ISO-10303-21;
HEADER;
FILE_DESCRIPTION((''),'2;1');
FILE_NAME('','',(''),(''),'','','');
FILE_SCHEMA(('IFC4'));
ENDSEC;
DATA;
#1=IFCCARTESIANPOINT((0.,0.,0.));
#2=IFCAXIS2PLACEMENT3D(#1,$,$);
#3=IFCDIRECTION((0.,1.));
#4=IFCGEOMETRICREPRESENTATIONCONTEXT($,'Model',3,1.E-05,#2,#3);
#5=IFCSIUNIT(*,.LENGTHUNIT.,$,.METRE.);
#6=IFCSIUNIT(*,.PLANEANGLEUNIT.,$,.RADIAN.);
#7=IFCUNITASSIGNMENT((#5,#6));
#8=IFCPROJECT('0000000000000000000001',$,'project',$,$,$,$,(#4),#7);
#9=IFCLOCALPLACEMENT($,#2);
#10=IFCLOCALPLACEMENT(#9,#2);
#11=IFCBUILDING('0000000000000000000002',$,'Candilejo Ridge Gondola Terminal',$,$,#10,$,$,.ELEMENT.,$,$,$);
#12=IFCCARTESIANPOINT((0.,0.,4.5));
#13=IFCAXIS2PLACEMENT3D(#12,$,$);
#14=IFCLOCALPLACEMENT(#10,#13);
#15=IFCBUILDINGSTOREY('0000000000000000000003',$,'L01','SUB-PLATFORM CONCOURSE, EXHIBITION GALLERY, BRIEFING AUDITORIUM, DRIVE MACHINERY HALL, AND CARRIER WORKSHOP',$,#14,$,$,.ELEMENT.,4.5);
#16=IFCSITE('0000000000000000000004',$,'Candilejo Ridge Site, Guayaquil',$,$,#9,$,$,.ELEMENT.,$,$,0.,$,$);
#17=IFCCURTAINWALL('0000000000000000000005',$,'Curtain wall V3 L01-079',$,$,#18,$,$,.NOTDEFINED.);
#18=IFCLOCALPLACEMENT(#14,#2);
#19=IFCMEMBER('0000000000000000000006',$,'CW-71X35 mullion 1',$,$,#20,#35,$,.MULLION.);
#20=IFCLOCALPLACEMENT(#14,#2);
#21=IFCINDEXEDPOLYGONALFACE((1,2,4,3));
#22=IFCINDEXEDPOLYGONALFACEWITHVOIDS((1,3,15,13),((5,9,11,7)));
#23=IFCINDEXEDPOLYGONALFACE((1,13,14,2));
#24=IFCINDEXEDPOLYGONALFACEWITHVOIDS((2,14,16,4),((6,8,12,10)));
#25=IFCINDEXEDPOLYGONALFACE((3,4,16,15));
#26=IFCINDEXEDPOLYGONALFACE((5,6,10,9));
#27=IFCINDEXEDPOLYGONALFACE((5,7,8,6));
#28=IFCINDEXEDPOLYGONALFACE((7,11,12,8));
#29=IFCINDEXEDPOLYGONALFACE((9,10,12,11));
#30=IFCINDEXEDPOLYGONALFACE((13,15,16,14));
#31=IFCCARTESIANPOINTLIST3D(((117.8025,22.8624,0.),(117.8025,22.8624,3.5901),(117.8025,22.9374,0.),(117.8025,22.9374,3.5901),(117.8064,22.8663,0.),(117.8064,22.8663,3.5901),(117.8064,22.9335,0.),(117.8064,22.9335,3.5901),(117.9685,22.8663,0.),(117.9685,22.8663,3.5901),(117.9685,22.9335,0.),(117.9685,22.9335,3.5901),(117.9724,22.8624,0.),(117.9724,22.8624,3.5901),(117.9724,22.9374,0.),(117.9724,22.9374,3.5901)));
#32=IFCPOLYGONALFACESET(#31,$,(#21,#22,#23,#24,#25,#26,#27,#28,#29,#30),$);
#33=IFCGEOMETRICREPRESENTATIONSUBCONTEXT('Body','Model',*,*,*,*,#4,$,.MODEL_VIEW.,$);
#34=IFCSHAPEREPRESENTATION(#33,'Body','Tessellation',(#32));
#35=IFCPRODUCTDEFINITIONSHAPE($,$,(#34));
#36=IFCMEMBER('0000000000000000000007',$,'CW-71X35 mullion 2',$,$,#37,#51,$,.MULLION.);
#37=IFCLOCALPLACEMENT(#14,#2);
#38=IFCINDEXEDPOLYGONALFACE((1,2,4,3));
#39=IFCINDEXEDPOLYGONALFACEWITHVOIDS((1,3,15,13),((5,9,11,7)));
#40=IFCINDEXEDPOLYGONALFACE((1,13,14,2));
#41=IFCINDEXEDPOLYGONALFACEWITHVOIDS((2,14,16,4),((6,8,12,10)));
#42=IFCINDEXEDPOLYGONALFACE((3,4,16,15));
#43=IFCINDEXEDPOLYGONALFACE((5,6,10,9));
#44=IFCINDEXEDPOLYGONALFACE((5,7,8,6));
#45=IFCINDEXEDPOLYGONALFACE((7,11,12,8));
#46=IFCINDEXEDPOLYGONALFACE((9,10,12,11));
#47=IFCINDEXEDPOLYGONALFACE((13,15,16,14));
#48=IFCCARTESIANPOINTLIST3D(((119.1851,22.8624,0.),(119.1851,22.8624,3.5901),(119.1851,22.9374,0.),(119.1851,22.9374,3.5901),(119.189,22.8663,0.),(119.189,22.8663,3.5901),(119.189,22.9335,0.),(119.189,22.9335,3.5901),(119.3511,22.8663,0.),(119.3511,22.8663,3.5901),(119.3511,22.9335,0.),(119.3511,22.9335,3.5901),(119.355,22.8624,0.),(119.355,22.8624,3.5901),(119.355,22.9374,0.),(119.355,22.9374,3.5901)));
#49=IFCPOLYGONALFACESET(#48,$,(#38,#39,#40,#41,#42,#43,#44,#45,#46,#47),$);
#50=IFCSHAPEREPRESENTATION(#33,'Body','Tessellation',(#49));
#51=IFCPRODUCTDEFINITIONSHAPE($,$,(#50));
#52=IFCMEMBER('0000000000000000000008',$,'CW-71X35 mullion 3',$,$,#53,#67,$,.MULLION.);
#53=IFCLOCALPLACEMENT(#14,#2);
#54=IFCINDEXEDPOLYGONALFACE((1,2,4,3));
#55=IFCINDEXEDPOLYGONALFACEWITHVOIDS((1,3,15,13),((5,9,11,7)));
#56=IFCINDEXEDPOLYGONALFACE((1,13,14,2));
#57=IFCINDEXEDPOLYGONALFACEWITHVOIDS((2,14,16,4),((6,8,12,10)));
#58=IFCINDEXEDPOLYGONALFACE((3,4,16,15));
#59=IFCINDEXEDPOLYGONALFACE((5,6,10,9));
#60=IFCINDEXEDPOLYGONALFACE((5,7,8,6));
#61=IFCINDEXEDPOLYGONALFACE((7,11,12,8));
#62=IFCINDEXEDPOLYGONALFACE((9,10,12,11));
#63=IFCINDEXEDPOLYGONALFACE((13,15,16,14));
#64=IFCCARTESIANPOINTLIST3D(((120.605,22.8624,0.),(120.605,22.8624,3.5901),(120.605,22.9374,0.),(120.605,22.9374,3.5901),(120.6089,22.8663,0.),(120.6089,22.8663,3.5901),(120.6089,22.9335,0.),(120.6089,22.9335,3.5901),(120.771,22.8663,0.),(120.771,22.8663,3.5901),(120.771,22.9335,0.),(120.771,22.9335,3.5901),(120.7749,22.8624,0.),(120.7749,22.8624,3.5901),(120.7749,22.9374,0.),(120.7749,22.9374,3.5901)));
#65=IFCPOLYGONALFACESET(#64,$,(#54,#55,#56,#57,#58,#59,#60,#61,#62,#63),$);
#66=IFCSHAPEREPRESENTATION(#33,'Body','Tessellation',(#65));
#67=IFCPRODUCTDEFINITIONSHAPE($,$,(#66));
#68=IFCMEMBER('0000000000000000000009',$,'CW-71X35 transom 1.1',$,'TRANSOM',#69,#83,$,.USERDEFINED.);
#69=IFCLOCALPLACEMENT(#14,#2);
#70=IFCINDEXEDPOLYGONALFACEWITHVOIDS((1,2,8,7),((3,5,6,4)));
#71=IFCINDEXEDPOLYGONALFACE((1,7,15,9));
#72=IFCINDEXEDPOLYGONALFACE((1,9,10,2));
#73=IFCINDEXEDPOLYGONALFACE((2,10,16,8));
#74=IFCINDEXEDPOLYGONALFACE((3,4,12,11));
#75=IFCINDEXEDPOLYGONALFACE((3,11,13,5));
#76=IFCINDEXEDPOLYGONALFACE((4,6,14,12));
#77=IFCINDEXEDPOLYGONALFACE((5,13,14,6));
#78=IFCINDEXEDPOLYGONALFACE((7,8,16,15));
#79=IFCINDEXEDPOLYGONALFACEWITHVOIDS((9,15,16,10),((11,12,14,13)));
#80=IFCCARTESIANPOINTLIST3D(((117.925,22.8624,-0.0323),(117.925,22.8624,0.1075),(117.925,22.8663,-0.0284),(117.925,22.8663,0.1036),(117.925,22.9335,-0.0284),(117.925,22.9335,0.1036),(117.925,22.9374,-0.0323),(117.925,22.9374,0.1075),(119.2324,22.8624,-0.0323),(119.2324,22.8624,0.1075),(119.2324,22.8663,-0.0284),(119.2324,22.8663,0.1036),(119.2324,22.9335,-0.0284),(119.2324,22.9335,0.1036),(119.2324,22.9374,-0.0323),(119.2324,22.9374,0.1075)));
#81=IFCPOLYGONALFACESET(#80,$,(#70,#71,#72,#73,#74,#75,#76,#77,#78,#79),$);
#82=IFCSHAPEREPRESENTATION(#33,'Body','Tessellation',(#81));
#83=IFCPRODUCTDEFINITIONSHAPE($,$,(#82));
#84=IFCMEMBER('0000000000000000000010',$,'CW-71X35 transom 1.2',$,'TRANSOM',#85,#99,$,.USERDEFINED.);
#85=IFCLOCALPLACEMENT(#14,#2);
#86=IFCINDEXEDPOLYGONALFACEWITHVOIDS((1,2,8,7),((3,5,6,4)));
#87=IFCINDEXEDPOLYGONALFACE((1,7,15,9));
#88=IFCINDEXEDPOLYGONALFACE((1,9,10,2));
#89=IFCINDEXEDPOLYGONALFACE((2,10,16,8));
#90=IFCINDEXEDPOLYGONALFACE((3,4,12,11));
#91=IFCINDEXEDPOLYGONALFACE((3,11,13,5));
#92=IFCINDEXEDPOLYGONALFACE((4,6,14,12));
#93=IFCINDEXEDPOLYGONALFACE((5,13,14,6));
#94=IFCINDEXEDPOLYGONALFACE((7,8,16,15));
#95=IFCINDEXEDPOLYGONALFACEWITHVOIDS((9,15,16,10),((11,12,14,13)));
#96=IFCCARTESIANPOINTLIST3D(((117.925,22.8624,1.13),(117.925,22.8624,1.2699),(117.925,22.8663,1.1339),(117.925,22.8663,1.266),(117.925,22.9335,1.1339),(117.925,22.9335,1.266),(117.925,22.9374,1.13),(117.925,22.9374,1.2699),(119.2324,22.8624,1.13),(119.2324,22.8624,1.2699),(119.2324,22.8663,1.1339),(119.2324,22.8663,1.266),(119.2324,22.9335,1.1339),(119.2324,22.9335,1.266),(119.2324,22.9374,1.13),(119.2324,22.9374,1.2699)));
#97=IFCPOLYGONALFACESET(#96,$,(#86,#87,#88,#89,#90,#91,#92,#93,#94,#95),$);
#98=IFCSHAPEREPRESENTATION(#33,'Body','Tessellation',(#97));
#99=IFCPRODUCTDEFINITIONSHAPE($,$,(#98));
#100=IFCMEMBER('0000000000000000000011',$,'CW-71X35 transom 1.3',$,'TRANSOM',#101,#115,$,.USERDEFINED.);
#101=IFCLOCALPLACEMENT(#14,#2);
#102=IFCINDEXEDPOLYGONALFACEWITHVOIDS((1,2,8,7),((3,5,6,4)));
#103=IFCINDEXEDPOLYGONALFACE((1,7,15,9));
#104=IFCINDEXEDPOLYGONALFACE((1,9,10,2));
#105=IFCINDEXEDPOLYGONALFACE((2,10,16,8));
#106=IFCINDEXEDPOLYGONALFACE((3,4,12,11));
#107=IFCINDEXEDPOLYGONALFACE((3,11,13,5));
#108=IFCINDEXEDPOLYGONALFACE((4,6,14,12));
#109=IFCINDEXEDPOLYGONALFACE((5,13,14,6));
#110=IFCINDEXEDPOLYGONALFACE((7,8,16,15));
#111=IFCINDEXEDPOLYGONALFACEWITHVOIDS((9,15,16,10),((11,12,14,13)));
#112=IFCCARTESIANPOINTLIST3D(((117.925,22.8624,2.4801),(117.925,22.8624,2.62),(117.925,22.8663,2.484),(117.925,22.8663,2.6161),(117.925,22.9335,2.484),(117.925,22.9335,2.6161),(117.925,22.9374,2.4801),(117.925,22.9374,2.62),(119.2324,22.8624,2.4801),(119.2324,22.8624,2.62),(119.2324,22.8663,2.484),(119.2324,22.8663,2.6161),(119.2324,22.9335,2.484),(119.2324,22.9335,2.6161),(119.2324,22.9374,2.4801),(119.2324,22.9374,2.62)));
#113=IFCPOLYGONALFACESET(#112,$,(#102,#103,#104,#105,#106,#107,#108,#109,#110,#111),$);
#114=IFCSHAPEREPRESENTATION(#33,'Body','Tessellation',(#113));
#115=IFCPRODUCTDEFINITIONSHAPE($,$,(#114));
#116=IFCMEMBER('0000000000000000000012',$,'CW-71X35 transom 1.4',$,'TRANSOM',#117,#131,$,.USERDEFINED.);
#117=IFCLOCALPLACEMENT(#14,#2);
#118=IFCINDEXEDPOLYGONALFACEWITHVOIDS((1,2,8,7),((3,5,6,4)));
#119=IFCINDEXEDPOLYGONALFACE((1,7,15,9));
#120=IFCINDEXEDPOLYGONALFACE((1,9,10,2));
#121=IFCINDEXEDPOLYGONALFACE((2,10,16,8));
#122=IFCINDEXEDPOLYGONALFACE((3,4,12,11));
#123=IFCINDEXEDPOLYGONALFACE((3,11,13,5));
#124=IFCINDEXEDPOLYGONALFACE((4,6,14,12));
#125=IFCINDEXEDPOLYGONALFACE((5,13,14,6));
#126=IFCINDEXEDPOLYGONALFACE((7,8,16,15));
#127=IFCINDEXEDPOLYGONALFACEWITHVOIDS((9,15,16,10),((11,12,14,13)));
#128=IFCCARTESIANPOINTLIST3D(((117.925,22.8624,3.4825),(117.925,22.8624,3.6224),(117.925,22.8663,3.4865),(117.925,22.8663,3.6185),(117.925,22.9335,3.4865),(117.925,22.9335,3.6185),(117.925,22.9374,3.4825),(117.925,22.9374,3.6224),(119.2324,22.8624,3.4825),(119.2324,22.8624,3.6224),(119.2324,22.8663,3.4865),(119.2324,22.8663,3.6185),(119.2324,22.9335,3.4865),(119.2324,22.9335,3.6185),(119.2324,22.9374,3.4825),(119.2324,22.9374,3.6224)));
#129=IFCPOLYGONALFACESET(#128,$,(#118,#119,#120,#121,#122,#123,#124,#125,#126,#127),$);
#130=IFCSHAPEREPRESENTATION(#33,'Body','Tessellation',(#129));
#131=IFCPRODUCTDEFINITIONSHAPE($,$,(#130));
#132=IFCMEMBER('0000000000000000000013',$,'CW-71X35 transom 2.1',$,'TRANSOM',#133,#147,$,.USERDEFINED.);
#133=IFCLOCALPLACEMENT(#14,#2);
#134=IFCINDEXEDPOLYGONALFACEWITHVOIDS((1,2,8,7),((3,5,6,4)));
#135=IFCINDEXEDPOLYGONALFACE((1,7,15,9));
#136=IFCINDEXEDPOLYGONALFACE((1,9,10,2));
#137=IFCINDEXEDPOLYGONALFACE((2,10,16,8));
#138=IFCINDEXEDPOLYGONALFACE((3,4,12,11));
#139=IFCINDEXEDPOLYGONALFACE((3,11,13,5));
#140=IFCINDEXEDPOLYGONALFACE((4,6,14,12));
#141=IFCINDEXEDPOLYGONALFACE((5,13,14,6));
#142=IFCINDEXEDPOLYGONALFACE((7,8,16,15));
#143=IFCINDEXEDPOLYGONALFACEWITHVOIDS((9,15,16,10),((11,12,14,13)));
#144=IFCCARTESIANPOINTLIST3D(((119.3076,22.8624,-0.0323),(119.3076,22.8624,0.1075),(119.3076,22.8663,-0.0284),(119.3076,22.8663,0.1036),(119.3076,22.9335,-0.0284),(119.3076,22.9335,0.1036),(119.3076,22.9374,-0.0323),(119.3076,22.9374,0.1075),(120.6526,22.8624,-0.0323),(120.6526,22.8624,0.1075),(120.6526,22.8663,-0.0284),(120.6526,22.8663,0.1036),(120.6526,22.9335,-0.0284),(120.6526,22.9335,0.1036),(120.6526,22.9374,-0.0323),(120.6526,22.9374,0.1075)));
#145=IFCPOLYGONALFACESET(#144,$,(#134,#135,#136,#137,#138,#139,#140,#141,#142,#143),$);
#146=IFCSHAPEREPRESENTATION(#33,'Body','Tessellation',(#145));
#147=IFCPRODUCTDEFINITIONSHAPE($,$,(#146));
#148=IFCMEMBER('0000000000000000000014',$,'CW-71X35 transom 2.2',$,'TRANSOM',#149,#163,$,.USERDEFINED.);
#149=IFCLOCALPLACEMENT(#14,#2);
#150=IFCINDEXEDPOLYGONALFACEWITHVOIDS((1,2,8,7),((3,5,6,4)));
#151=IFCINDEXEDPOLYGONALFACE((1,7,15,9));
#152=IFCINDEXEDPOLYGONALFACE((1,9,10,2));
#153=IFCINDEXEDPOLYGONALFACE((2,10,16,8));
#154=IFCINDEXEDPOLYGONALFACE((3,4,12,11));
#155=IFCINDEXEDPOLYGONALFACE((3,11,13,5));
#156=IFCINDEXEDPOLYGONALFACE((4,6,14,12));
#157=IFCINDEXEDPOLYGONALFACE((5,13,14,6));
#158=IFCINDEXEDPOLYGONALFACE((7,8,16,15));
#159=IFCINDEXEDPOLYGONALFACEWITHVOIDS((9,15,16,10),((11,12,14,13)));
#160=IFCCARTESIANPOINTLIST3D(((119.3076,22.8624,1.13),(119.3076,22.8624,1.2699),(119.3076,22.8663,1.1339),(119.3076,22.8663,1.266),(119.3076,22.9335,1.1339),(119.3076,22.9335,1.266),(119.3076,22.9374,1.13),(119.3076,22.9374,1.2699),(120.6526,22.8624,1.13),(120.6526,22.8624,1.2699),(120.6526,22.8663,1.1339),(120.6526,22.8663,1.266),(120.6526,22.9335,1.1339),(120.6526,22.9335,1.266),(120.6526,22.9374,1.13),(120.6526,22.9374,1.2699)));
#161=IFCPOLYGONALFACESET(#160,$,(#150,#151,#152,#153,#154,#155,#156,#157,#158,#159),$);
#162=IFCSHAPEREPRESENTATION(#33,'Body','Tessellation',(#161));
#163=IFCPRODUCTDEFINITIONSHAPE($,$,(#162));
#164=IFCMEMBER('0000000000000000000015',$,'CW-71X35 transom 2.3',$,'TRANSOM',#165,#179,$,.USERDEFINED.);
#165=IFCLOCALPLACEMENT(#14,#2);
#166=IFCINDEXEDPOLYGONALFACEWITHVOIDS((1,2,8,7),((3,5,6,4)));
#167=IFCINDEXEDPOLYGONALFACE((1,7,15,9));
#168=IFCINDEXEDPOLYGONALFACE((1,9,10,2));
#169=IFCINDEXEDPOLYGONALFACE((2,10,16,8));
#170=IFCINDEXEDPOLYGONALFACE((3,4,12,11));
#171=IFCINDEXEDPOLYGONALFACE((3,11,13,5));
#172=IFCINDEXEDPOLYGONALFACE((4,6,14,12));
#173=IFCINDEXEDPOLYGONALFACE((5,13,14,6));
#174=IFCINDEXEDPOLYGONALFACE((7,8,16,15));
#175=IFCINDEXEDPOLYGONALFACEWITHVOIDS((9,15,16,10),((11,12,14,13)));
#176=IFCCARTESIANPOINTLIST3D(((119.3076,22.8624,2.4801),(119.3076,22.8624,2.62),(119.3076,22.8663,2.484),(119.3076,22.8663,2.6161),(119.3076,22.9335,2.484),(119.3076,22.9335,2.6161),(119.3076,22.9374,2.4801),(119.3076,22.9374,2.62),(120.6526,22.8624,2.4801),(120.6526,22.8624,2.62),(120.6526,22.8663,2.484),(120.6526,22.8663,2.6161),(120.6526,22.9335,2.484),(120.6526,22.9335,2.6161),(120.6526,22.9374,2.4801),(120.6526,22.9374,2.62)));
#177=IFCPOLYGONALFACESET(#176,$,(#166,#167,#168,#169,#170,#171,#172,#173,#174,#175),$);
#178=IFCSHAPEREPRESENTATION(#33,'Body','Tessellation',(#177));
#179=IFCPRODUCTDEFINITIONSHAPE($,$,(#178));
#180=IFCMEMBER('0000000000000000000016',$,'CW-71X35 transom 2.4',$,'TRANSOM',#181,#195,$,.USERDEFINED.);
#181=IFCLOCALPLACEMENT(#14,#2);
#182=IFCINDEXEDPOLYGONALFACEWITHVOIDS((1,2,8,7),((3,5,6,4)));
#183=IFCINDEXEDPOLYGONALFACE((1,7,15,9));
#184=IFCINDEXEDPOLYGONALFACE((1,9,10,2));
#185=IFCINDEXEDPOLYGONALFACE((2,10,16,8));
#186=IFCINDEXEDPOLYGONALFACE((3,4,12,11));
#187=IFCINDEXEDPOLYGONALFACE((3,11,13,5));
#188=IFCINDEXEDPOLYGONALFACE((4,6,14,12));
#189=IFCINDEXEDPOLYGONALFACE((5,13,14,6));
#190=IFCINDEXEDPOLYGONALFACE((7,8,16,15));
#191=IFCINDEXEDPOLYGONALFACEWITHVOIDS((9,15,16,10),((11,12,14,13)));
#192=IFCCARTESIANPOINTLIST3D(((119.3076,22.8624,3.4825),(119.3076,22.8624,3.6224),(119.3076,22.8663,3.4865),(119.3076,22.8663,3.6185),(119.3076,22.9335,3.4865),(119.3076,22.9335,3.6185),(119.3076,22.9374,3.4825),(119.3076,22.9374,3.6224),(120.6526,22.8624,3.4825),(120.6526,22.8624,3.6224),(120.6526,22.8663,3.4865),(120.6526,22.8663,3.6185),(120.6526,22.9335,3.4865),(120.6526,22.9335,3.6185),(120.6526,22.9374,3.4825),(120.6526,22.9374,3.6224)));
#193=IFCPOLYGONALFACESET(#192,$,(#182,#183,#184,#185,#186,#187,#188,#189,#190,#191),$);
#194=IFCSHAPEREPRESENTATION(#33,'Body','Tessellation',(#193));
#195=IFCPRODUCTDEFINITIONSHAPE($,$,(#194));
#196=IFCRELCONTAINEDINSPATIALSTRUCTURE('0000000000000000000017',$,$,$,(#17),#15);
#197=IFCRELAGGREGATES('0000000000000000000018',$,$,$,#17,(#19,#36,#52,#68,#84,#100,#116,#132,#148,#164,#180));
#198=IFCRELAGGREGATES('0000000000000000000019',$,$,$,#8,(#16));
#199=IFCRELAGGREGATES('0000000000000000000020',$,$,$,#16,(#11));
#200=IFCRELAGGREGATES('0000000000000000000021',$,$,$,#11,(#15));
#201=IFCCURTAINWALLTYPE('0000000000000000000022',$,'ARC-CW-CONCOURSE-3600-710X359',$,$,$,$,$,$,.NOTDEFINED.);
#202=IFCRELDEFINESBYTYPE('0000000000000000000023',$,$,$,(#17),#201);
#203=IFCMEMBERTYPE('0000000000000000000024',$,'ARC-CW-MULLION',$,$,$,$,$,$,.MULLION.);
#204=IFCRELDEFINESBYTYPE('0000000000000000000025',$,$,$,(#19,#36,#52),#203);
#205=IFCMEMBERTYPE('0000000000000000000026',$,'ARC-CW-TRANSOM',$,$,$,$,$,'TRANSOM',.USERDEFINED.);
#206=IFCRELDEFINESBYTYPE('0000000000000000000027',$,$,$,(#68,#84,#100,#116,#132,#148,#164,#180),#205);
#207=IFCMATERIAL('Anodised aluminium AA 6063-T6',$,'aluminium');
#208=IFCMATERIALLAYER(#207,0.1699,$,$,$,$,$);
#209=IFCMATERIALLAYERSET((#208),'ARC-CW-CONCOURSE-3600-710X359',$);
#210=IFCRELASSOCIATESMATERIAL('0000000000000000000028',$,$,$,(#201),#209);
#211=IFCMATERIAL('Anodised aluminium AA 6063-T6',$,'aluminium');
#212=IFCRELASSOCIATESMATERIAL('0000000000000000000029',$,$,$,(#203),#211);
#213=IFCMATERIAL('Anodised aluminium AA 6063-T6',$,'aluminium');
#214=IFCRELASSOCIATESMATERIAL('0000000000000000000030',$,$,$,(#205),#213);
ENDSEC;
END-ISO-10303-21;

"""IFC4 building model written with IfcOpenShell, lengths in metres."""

from ifc_helpers import new_model, si_unit, direction, frame, origin, origin_2d, place, context, subcontext, project, spatial, hollow_rectangle, extrude, material, layer, layer_set, material_profile, profile_set, type_object, element, aggregate, save


model = new_model("IFC4")

# Units and contexts
model_context = context("Model", 3, precision=1e-05, world=origin(), true_north=direction((0.0, 1.0)))
body_context = subcontext(model_context, "Body", "Model", "MODEL_VIEW")
ifc_project = project(units=[si_unit("LENGTHUNIT", "METRE"), si_unit("PLANEANGLEUNIT", "RADIAN")], contexts=[model_context])

# Site, building, storey
site_placement = place(None, origin())
site = spatial("IfcSite", under=ifc_project, at=site_placement, Name="Candilejo Ridge Site, Guayaquil", CompositionType="ELEMENT", RefElevation=0.0)
building_placement = place(site_placement, origin())
building = spatial("IfcBuilding", under=site, at=building_placement, Name="Candilejo Ridge Gondola Terminal", CompositionType="ELEMENT")
storey_placement = place(building_placement, frame((0.0, 0.0, 4.5)))
storey = spatial("IfcBuildingStorey", under=building, at=storey_placement, Name="L01", Description="SUB-PLATFORM CONCOURSE, EXHIBITION GALLERY, BRIEFING AUDITORIUM, DRIVE MACHINERY HALL, AND CARRIER WORKSHOP", CompositionType="ELEMENT", Elevation=4.5)

# Curtain wall, members
ifc_material_1 = material(Name="Anodised aluminium AA 6063-T6", Category="aluminium")
ifc_layer_1 = layer(ifc_material_1, 0.1699)
ifc_layer_set_1 = layer_set([ifc_layer_1], Name="ARC-CW-CONCOURSE-3600-710X359")
curtain_wall_type = type_object("IfcCurtainWallType", Name="ARC-CW-CONCOURSE-3600-710X359", PredefinedType="NOTDEFINED", material=ifc_layer_set_1)
curtain_wall_placement = place(storey_placement, origin())
curtain_wall = element("IfcCurtainWall", 1, at=curtain_wall_placement, inside=storey, type_object=curtain_wall_type, Name="Curtain wall V3 L01-079", PredefinedType="NOTDEFINED")
ifc_material_2 = material(Name="Anodised aluminium AA 6063-T6", Category="aluminium")
ifc_material_profile_1 = material_profile(ifc_material_2, hollow_rectangle(XDim=0.075, YDim=0.1699, WallThickness=0.0039, at=origin_2d()))
ifc_profile_set_1 = profile_set([ifc_material_profile_1], Name="Anodised aluminium AA 6063-T6")
member_type_1 = type_object("IfcMemberType", Name="ARC-CW-MULLION", PredefinedType="MULLION", material=ifc_profile_set_1)
member_1_placement = place(storey_placement, frame((117.8875, 22.8999, 0.0), z_axis=(0.0, 0.0, 1.0), x_axis=(0.0, 1.0, 0.0)))
member_1 = element("IfcMember", 2, at=member_1_placement, type_object=member_type_1, Name="CW-71X35 mullion 1", PredefinedType="MULLION", context=body_context, shape_type="SweptSolid", body=[
    extrude(hollow_rectangle(XDim=0.075, YDim=0.1699, WallThickness=0.0039, at=origin_2d()), origin(), (0.0, 0.0, 1.0), 3.5901),
])
member_2_placement = place(storey_placement, frame((119.27, 22.8999, 0.0), z_axis=(0.0, 0.0, 1.0), x_axis=(0.0, 1.0, 0.0)))
member_2 = element("IfcMember", 3, at=member_2_placement, type_object=member_type_1, Name="CW-71X35 mullion 2", PredefinedType="MULLION", context=body_context, shape_type="SweptSolid", body=[
    extrude(hollow_rectangle(XDim=0.075, YDim=0.1699, WallThickness=0.0039, at=origin_2d()), origin(), (0.0, 0.0, 1.0), 3.5901),
])
member_3_placement = place(storey_placement, frame((120.6899, 22.8999, 0.0), z_axis=(0.0, 0.0, 1.0), x_axis=(0.0, 1.0, 0.0)))
member_3 = element("IfcMember", 4, at=member_3_placement, type_object=member_type_1, Name="CW-71X35 mullion 3", PredefinedType="MULLION", context=body_context, shape_type="SweptSolid", body=[
    extrude(hollow_rectangle(XDim=0.075, YDim=0.1699, WallThickness=0.0039, at=origin_2d()), origin(), (0.0, 0.0, 1.0), 3.5901),
])
ifc_material_3 = material(Name="Anodised aluminium AA 6063-T6", Category="aluminium")
ifc_material_profile_2 = material_profile(ifc_material_3, hollow_rectangle(XDim=0.075, YDim=0.1399, WallThickness=0.0039, at=origin_2d()))
ifc_profile_set_2 = profile_set([ifc_material_profile_2], Name="Anodised aluminium AA 6063-T6")
member_type_2 = type_object("IfcMemberType", Name="ARC-CW-TRANSOM", ElementType="TRANSOM", PredefinedType="USERDEFINED", material=ifc_profile_set_2)
member_4_placement = place(storey_placement, frame((117.925, 22.8999, 0.0376), z_axis=(1.0, 0.0, 0.0), x_axis=(0.0, 1.0, 0.0)))
member_4 = element("IfcMember", 5, at=member_4_placement, type_object=member_type_2, Name="CW-71X35 transom 1.1", ObjectType="TRANSOM", PredefinedType="USERDEFINED", context=body_context, shape_type="SweptSolid", body=[
    extrude(hollow_rectangle(XDim=0.075, YDim=0.1399, WallThickness=0.0039, at=origin_2d()), origin(), (0.0, 0.0, 1.0), 1.3074),
])
member_5_placement = place(storey_placement, frame((117.925, 22.8999, 1.2), z_axis=(1.0, 0.0, 0.0), x_axis=(0.0, 1.0, 0.0)))
member_5 = element("IfcMember", 6, at=member_5_placement, type_object=member_type_2, Name="CW-71X35 transom 1.2", ObjectType="TRANSOM", PredefinedType="USERDEFINED", context=body_context, shape_type="SweptSolid", body=[
    extrude(hollow_rectangle(XDim=0.075, YDim=0.1399, WallThickness=0.0039, at=origin_2d()), origin(), (0.0, 0.0, 1.0), 1.3074),
])
member_6_placement = place(storey_placement, frame((117.925, 22.8999, 2.55), z_axis=(1.0, 0.0, 0.0), x_axis=(0.0, 1.0, 0.0)))
member_6 = element("IfcMember", 7, at=member_6_placement, type_object=member_type_2, Name="CW-71X35 transom 1.3", ObjectType="TRANSOM", PredefinedType="USERDEFINED", context=body_context, shape_type="SweptSolid", body=[
    extrude(hollow_rectangle(XDim=0.075, YDim=0.1399, WallThickness=0.0039, at=origin_2d()), origin(), (0.0, 0.0, 1.0), 1.3074),
])
member_7_placement = place(storey_placement, frame((117.925, 22.8999, 3.5525), z_axis=(1.0, 0.0, 0.0), x_axis=(0.0, 1.0, 0.0)))
member_7 = element("IfcMember", 8, at=member_7_placement, type_object=member_type_2, Name="CW-71X35 transom 1.4", ObjectType="TRANSOM", PredefinedType="USERDEFINED", context=body_context, shape_type="SweptSolid", body=[
    extrude(hollow_rectangle(XDim=0.075, YDim=0.1399, WallThickness=0.0039, at=origin_2d()), origin(), (0.0, 0.0, 1.0), 1.3074),
])
member_8_placement = place(storey_placement, frame((119.3076, 22.8999, 0.0376), z_axis=(1.0, 0.0, 0.0), x_axis=(0.0, 1.0, 0.0)))
member_8 = element("IfcMember", 9, at=member_8_placement, type_object=member_type_2, Name="CW-71X35 transom 2.1", ObjectType="TRANSOM", PredefinedType="USERDEFINED", context=body_context, shape_type="SweptSolid", body=[
    extrude(hollow_rectangle(XDim=0.075, YDim=0.1399, WallThickness=0.0039, at=origin_2d()), origin(), (0.0, 0.0, 1.0), 1.345),
])
member_9_placement = place(storey_placement, frame((119.3076, 22.8999, 1.2), z_axis=(1.0, 0.0, 0.0), x_axis=(0.0, 1.0, 0.0)))
member_9 = element("IfcMember", 10, at=member_9_placement, type_object=member_type_2, Name="CW-71X35 transom 2.2", ObjectType="TRANSOM", PredefinedType="USERDEFINED", context=body_context, shape_type="SweptSolid", body=[
    extrude(hollow_rectangle(XDim=0.075, YDim=0.1399, WallThickness=0.0039, at=origin_2d()), origin(), (0.0, 0.0, 1.0), 1.345),
])
member_10_placement = place(storey_placement, frame((119.3076, 22.8999, 2.55), z_axis=(1.0, 0.0, 0.0), x_axis=(0.0, 1.0, 0.0)))
member_10 = element("IfcMember", 11, at=member_10_placement, type_object=member_type_2, Name="CW-71X35 transom 2.3", ObjectType="TRANSOM", PredefinedType="USERDEFINED", context=body_context, shape_type="SweptSolid", body=[
    extrude(hollow_rectangle(XDim=0.075, YDim=0.1399, WallThickness=0.0039, at=origin_2d()), origin(), (0.0, 0.0, 1.0), 1.345),
])
member_11_placement = place(storey_placement, frame((119.3076, 22.8999, 3.5525), z_axis=(1.0, 0.0, 0.0), x_axis=(0.0, 1.0, 0.0)))
member_11 = element("IfcMember", 12, at=member_11_placement, type_object=member_type_2, Name="CW-71X35 transom 2.4", ObjectType="TRANSOM", PredefinedType="USERDEFINED", context=body_context, shape_type="SweptSolid", body=[
    extrude(hollow_rectangle(XDim=0.075, YDim=0.1399, WallThickness=0.0039, at=origin_2d()), origin(), (0.0, 0.0, 1.0), 1.345),
])
aggregate(curtain_wall, [member_1, member_2, member_3, member_4, member_5, member_6, member_7, member_8, member_9, member_10, member_11])

save(model, "model.ifc")
